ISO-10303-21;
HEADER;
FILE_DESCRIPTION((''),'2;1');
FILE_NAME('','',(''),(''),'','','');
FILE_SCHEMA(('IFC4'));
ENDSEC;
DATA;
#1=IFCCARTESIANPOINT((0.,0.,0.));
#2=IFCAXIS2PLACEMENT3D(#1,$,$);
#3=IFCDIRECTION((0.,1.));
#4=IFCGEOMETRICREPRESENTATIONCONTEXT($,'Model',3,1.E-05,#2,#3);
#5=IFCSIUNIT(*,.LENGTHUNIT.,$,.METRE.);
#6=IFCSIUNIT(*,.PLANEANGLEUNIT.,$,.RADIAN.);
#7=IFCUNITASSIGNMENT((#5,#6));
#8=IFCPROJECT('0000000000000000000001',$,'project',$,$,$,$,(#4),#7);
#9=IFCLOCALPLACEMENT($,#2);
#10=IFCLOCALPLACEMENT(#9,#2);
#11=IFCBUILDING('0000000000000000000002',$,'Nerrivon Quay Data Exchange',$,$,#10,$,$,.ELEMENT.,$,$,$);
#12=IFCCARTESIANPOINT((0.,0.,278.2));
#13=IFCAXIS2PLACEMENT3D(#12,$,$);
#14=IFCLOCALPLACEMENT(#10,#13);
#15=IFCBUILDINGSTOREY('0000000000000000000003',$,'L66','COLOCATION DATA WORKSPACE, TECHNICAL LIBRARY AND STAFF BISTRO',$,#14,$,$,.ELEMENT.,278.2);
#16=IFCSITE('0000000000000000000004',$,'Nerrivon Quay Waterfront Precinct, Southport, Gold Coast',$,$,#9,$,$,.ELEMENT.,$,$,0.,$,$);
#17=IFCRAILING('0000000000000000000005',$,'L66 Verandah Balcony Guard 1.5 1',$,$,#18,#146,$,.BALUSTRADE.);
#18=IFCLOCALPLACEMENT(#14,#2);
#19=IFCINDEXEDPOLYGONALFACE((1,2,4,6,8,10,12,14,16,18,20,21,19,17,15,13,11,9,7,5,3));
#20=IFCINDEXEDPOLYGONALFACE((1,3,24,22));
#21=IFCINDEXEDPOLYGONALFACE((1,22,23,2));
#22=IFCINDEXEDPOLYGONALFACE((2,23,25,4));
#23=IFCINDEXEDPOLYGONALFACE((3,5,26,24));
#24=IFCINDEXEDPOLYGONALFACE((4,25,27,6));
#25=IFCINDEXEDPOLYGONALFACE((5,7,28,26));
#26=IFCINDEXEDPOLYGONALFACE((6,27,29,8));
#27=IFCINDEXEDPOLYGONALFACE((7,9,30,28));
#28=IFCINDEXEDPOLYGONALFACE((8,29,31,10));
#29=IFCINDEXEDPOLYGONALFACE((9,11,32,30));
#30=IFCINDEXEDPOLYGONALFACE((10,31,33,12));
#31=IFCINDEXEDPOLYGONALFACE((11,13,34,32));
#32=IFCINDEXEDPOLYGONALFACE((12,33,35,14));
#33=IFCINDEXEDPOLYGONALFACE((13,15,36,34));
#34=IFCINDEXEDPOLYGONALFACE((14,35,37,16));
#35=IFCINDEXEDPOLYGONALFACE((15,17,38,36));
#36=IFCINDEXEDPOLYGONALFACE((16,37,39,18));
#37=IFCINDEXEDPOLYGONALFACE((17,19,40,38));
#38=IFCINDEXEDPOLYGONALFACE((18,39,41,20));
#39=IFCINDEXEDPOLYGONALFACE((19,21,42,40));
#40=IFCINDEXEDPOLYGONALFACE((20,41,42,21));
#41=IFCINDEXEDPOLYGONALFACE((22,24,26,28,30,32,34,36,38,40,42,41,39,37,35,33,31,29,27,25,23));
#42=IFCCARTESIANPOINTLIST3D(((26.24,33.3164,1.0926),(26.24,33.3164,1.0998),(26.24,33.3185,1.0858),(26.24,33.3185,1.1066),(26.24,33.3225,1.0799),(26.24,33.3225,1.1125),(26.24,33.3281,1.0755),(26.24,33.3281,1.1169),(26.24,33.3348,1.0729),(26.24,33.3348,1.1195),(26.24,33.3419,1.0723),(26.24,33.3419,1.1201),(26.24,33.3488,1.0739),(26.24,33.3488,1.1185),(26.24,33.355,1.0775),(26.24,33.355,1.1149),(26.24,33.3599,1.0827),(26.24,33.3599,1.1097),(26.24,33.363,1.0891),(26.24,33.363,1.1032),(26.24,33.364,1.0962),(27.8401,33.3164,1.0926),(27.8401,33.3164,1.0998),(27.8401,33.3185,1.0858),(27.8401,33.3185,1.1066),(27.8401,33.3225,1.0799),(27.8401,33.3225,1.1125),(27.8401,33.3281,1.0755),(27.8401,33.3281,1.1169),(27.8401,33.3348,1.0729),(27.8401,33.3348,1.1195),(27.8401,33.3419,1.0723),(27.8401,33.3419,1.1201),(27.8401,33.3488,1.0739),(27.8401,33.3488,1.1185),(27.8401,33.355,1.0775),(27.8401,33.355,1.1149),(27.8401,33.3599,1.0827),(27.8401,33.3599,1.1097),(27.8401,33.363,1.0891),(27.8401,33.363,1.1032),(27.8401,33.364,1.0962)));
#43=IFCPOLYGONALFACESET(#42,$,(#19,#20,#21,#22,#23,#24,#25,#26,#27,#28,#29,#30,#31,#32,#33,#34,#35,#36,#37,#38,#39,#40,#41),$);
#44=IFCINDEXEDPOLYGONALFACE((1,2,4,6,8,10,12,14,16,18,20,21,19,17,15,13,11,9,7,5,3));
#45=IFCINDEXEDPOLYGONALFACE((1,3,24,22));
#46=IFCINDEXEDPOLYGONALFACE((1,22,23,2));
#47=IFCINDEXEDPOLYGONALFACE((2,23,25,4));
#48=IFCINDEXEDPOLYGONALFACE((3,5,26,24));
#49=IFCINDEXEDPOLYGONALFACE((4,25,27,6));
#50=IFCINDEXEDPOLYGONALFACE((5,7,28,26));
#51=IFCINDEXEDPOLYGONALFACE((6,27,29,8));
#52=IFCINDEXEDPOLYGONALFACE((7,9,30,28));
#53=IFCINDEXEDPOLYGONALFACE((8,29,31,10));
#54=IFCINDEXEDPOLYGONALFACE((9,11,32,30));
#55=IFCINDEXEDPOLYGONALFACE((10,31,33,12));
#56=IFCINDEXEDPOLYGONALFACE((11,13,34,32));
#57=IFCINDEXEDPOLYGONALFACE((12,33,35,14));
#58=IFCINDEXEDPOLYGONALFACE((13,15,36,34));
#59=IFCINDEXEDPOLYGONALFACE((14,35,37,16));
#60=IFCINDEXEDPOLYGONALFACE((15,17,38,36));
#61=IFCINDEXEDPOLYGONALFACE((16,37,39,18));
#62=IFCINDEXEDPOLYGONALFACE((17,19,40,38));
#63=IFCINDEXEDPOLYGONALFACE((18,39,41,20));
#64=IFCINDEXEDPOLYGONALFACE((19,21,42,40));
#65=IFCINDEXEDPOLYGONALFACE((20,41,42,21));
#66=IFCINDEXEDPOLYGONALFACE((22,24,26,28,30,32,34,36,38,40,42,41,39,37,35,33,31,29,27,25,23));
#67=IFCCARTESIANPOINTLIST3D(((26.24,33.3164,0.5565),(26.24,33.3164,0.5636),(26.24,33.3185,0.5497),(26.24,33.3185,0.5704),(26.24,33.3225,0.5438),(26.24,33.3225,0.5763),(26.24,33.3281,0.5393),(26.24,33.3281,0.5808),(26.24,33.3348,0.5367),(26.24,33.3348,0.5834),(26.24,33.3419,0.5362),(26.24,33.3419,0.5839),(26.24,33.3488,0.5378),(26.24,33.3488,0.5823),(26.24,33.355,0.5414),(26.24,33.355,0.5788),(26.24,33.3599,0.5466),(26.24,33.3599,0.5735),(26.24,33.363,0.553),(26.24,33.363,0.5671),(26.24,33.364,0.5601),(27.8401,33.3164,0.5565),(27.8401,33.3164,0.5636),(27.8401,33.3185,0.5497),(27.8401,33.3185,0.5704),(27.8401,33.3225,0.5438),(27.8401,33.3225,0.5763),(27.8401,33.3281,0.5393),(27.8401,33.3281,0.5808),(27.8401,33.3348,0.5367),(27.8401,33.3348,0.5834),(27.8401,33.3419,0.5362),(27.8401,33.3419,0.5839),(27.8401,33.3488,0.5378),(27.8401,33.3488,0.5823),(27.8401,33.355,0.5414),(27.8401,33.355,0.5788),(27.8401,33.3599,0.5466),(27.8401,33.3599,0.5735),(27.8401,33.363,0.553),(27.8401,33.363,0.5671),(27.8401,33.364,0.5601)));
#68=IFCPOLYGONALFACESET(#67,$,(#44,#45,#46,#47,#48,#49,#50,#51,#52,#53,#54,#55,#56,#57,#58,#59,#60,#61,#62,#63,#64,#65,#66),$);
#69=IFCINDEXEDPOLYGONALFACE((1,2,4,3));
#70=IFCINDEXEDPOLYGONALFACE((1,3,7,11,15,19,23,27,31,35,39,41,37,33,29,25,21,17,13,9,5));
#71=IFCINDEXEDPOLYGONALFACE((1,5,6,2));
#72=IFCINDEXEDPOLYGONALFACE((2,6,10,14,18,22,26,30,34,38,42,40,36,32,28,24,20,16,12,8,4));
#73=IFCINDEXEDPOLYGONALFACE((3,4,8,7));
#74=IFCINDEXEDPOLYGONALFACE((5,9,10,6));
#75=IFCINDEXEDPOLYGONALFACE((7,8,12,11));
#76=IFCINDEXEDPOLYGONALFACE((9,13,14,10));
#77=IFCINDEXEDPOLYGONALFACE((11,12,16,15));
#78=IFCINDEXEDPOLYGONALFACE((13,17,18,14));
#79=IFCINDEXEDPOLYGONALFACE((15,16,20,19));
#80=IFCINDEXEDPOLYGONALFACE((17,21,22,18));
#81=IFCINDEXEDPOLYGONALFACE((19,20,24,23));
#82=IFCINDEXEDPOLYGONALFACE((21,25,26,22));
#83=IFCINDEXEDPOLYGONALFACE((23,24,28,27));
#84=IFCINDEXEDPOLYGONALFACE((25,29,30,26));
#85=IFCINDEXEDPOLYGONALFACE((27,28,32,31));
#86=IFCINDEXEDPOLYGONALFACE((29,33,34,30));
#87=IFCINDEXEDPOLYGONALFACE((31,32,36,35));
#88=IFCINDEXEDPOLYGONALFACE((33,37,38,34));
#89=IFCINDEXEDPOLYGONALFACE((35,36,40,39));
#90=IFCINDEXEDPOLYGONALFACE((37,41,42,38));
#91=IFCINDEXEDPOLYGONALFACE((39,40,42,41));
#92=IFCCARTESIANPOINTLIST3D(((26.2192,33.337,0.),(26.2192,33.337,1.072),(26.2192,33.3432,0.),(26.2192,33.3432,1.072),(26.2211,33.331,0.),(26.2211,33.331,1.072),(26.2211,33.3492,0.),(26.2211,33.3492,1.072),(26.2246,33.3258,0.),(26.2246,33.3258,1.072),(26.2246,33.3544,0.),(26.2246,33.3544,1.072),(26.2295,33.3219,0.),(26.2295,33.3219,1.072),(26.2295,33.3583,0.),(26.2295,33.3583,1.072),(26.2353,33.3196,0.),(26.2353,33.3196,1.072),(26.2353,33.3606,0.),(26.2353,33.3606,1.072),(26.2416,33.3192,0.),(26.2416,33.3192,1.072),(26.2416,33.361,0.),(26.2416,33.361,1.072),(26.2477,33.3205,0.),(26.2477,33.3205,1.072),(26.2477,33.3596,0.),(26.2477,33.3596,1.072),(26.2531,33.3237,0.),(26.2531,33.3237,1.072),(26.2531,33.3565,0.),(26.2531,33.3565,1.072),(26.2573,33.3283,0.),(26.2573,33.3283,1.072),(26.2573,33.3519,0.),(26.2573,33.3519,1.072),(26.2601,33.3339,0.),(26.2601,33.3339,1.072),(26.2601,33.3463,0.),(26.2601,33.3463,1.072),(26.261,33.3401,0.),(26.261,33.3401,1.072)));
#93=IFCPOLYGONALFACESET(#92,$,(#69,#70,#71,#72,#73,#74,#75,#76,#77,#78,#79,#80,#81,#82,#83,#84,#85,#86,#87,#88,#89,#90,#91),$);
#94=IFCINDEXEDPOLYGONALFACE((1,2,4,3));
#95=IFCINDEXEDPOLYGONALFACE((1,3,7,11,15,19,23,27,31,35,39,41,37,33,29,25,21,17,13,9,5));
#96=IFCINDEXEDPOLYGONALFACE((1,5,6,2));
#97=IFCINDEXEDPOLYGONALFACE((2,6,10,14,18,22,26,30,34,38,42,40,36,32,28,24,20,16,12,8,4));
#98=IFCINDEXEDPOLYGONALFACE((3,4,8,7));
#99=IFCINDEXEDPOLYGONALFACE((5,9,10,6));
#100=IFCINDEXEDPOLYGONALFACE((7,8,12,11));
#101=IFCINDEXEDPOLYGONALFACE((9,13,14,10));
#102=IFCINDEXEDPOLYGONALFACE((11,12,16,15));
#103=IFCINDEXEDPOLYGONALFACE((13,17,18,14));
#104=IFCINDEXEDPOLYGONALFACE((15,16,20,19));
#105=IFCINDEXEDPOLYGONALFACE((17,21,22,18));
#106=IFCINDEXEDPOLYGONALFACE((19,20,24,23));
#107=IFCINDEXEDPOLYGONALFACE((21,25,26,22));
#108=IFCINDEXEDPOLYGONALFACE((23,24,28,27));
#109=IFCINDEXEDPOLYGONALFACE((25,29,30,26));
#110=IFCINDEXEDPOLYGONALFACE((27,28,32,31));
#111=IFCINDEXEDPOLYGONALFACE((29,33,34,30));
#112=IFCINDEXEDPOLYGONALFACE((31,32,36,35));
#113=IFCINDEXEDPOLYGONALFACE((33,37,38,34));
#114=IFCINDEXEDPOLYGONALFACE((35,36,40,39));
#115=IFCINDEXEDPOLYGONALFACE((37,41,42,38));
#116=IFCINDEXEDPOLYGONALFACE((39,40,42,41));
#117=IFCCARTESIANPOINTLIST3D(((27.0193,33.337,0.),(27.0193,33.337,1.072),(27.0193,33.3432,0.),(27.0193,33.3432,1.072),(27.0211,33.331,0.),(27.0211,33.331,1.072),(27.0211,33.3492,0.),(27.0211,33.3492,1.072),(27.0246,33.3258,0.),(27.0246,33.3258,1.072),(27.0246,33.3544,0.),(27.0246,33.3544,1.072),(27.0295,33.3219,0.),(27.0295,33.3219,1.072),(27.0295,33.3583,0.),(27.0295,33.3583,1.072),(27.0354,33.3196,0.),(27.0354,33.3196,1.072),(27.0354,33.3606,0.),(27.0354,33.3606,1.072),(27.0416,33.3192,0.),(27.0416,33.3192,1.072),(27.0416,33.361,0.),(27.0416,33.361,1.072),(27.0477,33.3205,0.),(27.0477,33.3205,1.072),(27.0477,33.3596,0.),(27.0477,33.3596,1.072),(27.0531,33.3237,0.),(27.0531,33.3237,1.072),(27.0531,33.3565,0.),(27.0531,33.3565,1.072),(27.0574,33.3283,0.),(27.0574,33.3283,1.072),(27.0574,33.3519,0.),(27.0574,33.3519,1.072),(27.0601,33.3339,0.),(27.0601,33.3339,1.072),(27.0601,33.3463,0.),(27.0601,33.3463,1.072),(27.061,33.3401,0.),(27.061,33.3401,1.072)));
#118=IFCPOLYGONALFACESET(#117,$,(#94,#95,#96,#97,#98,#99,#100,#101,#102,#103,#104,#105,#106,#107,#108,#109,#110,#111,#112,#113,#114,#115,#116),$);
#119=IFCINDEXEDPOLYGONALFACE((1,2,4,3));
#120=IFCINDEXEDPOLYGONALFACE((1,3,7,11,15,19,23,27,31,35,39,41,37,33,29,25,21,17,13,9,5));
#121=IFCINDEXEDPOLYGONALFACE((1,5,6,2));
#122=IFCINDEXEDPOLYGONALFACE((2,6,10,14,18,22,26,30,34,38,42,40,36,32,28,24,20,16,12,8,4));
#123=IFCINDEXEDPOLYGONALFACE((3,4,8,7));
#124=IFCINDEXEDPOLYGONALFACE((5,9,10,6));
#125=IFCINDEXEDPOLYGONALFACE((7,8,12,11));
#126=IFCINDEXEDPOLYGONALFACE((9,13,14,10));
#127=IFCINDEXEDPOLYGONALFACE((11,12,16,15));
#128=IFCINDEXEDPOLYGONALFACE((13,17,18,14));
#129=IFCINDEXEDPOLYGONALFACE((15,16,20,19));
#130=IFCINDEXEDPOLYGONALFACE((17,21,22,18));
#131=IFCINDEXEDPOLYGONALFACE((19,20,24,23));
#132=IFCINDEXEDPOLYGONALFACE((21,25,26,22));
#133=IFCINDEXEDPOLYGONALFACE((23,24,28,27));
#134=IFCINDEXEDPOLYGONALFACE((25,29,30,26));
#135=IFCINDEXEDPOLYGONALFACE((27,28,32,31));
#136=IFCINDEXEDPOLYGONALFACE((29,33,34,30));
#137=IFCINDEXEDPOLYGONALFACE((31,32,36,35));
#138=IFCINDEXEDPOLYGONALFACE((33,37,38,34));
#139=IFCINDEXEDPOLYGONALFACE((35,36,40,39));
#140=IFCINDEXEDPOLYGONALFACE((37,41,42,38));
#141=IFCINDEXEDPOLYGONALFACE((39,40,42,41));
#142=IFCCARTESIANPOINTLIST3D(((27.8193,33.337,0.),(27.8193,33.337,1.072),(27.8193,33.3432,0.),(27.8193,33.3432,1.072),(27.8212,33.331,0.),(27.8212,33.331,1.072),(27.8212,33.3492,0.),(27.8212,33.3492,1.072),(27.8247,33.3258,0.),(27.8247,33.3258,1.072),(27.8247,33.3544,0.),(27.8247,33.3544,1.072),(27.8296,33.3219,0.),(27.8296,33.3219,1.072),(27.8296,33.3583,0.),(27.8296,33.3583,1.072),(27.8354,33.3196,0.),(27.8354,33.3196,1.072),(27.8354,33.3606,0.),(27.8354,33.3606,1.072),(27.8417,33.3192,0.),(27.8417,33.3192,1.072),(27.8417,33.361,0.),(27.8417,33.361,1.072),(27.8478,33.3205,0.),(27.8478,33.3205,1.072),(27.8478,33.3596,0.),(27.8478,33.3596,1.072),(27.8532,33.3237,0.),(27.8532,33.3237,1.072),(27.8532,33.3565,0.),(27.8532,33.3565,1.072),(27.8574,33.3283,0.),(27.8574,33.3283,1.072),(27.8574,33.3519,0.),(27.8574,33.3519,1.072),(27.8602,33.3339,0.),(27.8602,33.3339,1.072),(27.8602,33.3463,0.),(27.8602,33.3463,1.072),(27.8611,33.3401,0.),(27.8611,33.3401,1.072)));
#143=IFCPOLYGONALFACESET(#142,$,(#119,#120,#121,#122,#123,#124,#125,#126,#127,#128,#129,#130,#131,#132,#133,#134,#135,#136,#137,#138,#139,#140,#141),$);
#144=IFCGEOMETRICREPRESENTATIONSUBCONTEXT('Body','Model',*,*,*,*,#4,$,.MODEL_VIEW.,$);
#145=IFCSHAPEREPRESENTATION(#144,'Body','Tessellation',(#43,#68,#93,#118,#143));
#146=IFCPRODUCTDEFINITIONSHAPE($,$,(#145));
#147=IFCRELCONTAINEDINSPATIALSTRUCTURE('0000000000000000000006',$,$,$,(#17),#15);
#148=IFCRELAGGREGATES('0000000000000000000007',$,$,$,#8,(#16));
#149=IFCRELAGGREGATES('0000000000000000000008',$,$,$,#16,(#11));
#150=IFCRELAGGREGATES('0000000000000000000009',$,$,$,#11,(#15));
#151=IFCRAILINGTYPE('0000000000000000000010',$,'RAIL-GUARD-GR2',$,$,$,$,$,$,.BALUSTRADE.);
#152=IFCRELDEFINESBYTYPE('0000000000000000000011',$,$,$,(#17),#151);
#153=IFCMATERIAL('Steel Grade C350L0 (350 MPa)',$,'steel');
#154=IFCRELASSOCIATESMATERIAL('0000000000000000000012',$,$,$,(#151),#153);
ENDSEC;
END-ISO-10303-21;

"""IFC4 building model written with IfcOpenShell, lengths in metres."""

from ifc_helpers import new_model, si_unit, direction, frame, origin, origin_2d, place, context, subcontext, project, spatial, circle, extrude, material, type_object, element, save


model = new_model("IFC4")

# Units and contexts
model_context = context("Model", 3, precision=1e-05, world=origin(), true_north=direction((0.0, 1.0)))
body_context = subcontext(model_context, "Body", "Model", "MODEL_VIEW")
ifc_project = project(units=[si_unit("LENGTHUNIT", "METRE"), si_unit("PLANEANGLEUNIT", "RADIAN")], contexts=[model_context])

# Site, building, storey
site_placement = place(None, origin())
site = spatial("IfcSite", under=ifc_project, at=site_placement, Name="Nerrivon Quay Waterfront Precinct, Southport, Gold Coast", CompositionType="ELEMENT", RefElevation=0.0)
building_placement = place(site_placement, origin())
building = spatial("IfcBuilding", under=site, at=building_placement, Name="Nerrivon Quay Data Exchange", CompositionType="ELEMENT")
storey_placement = place(building_placement, frame((0.0, 0.0, 278.2)))
storey = spatial("IfcBuildingStorey", under=building, at=storey_placement, Name="L66", Description="COLOCATION DATA WORKSPACE, TECHNICAL LIBRARY AND STAFF BISTRO", CompositionType="ELEMENT", Elevation=278.2)

# Shared definitions
ifc_material_1 = material(Name="Steel Grade C350L0 (350 MPa)", Category="steel")

# Railing
railing_type = type_object("IfcRailingType", Name="RAIL-GUARD-GR2", PredefinedType="BALUSTRADE", material=ifc_material_1)
railing_1_placement = place(storey_placement, frame((26.24, 33.3401, 0.0)))
element("IfcRailing", 1, at=railing_1_placement, inside=storey, type_object=railing_type, Name="L66 Verandah Balcony Guard 1.5 1", PredefinedType="BALUSTRADE", context=body_context, shape_type="SweptSolid", body=[
    extrude(circle(Radius=0.0239, at=origin_2d()), frame((0.0, 0.0, 1.0962), z_axis=(1.0, 0.0, 0.0), x_axis=(0.0, 1.0, 0.0)), (0.0, 0.0, 1.0), 1.6001),
    extrude(circle(Radius=0.0239, at=origin_2d()), frame((0.0, 0.0, 0.5601), z_axis=(1.0, 0.0, 0.0), x_axis=(0.0, 1.0, 0.0)), (0.0, 0.0, 1.0), 1.6001),
    extrude(circle(Radius=0.021, at=origin_2d()), origin(), (0.0, 0.0, 1.0), 1.072),
    extrude(circle(Radius=0.021, at=origin_2d()), frame((0.8, 0.0, 0.0)), (0.0, 0.0, 1.0), 1.072),
    extrude(circle(Radius=0.021, at=origin_2d()), frame((1.6001, 0.0, 0.0)), (0.0, 0.0, 1.0), 1.072),
])

save(model, "model.ifc")
